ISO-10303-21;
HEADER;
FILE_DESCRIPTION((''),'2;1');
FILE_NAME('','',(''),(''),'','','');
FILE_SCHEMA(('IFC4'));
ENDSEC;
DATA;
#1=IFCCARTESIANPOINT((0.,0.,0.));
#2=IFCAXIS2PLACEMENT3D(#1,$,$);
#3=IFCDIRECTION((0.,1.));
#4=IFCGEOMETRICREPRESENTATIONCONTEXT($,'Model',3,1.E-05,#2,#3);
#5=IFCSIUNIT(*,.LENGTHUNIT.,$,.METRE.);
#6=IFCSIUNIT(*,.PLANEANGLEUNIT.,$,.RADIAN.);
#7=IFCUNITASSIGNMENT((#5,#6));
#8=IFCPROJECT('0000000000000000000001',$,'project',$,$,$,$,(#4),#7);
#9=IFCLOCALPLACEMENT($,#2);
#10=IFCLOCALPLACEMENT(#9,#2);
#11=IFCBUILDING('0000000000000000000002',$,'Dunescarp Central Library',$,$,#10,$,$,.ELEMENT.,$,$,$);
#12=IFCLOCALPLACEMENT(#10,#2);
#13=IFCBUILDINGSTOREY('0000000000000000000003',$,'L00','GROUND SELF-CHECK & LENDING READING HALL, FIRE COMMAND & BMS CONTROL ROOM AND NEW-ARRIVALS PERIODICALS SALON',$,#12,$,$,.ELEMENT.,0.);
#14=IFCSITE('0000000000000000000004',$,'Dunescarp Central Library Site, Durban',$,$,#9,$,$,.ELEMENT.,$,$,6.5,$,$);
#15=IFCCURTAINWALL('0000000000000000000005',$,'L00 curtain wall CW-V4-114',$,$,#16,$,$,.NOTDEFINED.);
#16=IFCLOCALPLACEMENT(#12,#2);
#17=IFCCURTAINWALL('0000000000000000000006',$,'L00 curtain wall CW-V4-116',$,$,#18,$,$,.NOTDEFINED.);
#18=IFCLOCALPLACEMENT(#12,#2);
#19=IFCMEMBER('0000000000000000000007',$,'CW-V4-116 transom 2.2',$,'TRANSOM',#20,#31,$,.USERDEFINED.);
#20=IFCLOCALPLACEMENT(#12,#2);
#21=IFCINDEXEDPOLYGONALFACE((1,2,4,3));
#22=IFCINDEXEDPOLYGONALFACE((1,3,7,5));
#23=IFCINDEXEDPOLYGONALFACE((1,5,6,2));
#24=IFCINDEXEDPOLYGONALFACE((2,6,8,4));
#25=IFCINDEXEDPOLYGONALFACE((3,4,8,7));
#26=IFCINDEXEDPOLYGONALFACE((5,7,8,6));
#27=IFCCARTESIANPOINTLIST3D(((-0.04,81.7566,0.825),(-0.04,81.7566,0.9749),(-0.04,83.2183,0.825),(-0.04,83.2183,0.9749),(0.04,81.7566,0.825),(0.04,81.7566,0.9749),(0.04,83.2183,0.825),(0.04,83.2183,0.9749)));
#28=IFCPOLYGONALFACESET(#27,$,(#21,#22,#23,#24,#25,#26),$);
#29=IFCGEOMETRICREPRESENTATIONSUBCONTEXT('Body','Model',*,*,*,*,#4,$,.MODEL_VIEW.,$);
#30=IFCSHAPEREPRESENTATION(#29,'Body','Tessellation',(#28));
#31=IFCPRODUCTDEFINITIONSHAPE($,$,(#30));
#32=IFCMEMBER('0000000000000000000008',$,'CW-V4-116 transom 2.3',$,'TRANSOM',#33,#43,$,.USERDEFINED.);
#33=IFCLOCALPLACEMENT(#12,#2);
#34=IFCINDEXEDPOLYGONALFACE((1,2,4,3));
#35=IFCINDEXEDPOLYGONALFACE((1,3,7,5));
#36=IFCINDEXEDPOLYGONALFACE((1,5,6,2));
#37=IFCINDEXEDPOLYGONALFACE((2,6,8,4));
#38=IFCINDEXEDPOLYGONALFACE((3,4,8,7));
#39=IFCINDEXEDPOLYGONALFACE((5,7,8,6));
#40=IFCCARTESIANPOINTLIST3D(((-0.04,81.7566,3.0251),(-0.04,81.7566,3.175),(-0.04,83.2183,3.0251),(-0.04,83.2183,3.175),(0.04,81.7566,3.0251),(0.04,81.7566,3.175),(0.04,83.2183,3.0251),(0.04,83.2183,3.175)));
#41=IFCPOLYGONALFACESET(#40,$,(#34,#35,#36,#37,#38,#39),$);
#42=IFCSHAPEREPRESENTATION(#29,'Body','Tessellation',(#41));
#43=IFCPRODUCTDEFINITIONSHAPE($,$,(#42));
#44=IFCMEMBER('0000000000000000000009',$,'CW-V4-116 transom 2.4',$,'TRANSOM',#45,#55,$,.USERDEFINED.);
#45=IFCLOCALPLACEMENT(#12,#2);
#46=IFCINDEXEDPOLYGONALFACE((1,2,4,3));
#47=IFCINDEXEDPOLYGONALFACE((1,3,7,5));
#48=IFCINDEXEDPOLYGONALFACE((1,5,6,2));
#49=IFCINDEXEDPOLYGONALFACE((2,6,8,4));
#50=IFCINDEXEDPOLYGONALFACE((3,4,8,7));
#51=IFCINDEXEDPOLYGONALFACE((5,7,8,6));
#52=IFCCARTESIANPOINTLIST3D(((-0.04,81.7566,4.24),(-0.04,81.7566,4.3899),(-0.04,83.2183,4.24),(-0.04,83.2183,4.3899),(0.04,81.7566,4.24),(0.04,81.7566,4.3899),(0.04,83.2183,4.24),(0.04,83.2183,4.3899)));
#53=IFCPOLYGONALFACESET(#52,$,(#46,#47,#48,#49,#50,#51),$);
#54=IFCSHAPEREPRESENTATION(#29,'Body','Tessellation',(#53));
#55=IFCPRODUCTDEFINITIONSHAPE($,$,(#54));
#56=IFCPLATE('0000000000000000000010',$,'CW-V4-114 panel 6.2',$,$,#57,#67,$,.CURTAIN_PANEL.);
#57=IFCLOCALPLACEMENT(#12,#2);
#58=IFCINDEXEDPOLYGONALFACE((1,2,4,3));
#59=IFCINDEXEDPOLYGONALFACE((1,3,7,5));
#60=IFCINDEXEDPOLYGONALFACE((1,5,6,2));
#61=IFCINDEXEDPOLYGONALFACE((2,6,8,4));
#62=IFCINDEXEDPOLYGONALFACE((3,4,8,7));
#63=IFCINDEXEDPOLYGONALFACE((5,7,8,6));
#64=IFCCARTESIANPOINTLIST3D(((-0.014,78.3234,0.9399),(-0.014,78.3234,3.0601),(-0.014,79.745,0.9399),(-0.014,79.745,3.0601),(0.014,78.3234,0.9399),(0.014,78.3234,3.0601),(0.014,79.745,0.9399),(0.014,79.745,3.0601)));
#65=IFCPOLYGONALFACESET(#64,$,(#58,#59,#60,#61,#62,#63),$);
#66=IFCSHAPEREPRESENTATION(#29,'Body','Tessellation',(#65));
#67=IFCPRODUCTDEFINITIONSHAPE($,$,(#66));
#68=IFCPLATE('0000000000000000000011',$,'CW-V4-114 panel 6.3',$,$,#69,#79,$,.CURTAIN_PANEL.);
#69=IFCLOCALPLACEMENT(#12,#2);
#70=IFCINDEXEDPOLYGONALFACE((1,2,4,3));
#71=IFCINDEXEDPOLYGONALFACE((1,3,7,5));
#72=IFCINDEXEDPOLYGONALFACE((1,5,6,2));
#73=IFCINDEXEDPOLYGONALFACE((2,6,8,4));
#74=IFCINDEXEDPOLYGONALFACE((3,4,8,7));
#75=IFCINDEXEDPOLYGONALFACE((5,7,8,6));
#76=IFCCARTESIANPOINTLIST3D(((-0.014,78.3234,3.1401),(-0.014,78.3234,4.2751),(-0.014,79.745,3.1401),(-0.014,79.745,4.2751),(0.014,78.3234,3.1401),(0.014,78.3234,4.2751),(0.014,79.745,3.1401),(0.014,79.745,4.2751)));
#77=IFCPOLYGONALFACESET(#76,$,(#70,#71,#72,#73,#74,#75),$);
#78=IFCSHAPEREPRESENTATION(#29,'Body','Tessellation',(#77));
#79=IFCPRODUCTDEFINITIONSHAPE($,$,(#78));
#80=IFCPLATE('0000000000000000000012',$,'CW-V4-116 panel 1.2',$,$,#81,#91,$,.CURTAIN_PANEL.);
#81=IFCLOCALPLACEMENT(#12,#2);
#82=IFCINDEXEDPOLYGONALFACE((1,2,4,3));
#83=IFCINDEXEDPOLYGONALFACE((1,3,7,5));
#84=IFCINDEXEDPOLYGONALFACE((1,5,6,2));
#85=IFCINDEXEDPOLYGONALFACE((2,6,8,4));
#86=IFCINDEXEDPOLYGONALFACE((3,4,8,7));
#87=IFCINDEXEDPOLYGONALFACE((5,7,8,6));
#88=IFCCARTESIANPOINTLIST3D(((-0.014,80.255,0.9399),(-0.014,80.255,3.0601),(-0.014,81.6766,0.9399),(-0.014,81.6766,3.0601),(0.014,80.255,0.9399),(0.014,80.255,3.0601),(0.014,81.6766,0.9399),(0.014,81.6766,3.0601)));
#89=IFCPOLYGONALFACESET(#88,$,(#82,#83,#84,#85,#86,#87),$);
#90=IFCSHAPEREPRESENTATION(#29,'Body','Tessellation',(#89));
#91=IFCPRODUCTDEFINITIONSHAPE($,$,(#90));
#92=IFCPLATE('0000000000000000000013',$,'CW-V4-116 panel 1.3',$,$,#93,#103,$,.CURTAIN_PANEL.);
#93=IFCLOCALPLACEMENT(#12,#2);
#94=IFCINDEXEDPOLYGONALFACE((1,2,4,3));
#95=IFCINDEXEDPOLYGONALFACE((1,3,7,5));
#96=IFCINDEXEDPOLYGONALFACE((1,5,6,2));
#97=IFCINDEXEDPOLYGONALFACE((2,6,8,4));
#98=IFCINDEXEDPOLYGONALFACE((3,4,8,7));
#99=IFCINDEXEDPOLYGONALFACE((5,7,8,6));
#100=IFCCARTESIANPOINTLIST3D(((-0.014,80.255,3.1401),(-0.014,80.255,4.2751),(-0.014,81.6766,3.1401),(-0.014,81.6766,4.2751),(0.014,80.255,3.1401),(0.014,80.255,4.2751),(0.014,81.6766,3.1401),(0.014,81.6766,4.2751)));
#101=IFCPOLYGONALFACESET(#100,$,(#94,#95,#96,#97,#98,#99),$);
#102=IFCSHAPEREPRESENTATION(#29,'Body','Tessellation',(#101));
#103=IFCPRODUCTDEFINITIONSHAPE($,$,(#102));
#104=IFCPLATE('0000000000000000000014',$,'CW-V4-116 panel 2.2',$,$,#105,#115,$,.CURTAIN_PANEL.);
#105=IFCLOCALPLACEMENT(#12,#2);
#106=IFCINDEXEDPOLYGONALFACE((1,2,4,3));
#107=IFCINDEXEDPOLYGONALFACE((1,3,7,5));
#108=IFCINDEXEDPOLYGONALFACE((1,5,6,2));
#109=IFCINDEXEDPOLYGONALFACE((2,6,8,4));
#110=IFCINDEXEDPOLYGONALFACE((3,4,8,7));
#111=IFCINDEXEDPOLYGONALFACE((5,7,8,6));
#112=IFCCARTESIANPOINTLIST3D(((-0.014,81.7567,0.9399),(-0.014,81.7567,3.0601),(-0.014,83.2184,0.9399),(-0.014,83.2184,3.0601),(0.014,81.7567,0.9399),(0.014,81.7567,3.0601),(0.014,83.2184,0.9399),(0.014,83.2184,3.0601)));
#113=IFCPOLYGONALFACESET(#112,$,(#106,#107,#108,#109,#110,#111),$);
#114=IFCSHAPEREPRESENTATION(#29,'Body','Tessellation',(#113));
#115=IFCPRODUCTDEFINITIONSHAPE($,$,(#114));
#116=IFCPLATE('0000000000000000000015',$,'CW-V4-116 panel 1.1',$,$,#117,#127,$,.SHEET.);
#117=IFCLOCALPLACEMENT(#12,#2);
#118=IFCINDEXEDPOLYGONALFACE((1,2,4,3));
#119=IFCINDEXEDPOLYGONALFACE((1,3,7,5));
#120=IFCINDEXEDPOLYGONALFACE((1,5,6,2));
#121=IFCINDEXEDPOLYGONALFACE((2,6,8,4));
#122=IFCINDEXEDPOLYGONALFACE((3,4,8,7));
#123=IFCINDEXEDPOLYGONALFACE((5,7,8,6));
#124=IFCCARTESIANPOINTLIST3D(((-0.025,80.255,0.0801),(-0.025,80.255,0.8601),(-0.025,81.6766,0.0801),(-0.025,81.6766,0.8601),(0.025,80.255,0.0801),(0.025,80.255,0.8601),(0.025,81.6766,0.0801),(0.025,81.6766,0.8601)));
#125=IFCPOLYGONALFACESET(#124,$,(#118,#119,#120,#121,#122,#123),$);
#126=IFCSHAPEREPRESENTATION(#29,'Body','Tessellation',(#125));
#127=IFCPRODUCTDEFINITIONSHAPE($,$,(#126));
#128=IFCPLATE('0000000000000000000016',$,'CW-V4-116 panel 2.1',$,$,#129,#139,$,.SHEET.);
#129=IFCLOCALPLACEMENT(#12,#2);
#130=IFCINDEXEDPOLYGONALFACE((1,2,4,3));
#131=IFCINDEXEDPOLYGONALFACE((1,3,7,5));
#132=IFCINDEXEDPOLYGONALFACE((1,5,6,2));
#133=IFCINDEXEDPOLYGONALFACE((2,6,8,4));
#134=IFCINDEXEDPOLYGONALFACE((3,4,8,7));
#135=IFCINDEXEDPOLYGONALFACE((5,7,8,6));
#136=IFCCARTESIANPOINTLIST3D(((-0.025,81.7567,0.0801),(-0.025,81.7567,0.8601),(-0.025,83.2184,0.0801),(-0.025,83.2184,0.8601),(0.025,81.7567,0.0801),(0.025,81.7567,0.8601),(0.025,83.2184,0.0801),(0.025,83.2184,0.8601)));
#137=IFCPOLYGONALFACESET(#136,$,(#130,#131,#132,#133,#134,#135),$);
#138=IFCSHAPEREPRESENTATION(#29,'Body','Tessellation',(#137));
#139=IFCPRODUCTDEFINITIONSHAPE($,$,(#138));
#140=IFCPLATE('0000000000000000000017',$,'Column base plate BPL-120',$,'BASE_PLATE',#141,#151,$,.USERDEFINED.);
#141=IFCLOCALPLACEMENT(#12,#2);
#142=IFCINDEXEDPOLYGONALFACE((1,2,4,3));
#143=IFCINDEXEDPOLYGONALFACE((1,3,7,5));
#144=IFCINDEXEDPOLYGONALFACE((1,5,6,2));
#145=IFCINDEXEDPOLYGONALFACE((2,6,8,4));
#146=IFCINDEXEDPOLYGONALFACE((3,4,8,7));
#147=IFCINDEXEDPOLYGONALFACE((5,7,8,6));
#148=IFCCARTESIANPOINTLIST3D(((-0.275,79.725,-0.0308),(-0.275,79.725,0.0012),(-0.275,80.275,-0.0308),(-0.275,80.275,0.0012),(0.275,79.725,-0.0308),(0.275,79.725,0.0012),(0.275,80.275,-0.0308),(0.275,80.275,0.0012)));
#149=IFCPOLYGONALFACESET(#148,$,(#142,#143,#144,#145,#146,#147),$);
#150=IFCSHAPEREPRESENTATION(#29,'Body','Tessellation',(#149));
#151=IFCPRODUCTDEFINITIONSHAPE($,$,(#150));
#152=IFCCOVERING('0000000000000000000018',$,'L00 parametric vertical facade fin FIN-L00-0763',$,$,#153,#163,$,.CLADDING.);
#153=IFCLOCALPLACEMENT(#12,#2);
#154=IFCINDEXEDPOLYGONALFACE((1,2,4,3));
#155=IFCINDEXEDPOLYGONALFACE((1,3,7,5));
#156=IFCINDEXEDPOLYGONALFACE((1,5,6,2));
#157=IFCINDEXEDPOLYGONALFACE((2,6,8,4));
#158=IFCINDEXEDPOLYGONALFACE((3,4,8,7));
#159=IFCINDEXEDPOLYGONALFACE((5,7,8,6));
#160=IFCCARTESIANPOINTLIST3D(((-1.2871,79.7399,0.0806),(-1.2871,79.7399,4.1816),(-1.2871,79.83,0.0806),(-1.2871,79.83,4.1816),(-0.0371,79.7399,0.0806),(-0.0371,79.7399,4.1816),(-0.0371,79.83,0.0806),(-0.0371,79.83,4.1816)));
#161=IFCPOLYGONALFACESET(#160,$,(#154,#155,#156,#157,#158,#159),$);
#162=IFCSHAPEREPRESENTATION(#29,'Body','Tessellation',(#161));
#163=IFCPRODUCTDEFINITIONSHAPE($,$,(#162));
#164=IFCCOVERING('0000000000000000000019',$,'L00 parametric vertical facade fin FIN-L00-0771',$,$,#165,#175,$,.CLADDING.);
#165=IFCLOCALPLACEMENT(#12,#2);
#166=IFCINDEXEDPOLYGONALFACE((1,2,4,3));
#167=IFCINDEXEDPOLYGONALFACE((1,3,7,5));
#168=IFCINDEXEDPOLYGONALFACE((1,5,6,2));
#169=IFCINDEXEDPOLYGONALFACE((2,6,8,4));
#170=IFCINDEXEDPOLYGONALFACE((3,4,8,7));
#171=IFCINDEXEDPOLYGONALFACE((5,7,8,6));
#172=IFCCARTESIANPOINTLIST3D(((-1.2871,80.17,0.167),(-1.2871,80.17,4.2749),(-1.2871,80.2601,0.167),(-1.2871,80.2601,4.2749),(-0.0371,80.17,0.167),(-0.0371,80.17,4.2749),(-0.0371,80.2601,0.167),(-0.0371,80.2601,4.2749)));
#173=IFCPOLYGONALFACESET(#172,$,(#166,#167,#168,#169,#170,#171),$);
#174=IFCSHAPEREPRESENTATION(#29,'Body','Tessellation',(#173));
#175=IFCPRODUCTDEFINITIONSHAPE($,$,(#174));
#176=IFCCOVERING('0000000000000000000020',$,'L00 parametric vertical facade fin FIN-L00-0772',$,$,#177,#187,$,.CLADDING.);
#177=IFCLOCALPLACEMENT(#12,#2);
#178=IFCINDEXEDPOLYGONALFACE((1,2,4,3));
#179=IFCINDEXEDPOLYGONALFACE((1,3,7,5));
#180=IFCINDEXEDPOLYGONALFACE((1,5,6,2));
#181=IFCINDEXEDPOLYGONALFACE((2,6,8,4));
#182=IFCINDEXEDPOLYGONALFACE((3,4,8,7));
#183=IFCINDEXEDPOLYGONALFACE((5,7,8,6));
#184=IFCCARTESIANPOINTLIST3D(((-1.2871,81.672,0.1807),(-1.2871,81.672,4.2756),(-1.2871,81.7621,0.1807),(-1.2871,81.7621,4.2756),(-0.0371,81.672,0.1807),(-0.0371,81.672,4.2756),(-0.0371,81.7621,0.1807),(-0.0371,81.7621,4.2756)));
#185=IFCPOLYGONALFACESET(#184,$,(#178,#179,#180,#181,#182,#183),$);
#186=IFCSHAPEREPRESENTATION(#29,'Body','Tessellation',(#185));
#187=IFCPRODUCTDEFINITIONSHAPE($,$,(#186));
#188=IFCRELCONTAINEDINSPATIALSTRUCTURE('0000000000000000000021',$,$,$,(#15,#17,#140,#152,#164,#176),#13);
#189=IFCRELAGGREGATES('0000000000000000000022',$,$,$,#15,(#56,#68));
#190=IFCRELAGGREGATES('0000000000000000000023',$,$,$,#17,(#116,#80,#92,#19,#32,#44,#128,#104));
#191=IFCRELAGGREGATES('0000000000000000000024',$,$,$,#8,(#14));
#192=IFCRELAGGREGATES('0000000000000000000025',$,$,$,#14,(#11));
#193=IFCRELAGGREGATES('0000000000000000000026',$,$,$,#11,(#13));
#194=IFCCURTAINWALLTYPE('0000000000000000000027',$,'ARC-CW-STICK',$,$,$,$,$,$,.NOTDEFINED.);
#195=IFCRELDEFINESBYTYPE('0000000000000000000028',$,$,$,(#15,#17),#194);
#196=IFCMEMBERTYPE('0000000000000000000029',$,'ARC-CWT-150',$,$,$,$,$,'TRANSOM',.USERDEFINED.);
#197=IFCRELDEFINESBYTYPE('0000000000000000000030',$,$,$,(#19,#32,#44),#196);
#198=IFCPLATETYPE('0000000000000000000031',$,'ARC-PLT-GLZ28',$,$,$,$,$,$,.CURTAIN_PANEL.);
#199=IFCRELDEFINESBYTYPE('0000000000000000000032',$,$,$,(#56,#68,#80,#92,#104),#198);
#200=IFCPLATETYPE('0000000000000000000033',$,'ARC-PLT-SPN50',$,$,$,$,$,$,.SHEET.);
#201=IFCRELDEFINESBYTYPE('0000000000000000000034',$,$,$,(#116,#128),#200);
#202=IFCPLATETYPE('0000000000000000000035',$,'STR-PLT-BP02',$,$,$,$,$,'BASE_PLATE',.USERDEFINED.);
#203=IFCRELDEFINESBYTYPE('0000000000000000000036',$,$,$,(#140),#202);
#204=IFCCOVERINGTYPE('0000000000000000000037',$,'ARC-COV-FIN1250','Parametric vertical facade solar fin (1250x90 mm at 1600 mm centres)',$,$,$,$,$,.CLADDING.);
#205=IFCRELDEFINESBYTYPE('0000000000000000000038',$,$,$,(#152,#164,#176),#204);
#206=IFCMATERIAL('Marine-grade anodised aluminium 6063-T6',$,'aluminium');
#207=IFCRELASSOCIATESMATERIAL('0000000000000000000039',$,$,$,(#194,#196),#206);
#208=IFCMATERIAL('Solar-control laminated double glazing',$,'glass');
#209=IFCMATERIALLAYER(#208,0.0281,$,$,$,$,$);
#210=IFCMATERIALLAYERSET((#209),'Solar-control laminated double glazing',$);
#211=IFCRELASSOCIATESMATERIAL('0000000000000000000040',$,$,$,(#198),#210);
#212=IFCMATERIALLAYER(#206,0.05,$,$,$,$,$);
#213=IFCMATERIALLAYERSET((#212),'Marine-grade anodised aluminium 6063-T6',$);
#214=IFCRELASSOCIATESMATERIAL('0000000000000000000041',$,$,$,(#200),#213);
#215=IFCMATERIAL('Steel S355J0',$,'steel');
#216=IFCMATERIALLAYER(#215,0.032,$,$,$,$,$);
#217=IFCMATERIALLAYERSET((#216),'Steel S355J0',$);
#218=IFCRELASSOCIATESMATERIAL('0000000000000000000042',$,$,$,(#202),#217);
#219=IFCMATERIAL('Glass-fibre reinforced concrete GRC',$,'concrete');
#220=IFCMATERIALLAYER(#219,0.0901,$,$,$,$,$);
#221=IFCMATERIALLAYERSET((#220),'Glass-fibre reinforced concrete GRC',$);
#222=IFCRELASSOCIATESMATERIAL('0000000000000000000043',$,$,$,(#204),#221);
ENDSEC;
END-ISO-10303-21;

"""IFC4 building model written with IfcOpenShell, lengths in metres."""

from ifc_helpers import new_model, si_unit, direction, frame, origin, origin_2d, place, context, subcontext, project, spatial, rectangle, extrude, material, layer, layer_set, material_profile, profile_set, type_object, element, aggregate, save


model = new_model("IFC4")

# Units and contexts
model_context = context("Model", 3, precision=1e-05, world=origin(), true_north=direction((0.0, 1.0)))
body_context = subcontext(model_context, "Body", "Model", "MODEL_VIEW")
ifc_project = project(units=[si_unit("LENGTHUNIT", "METRE"), si_unit("PLANEANGLEUNIT", "RADIAN")], contexts=[model_context])

# Site, building, storey
site_placement = place(None, origin())
site = spatial("IfcSite", under=ifc_project, at=site_placement, Name="Dunescarp Central Library Site, Durban", CompositionType="ELEMENT", RefElevation=6.5)
building_placement = place(site_placement, origin())
building = spatial("IfcBuilding", under=site, at=building_placement, Name="Dunescarp Central Library", CompositionType="ELEMENT")
storey_placement = place(building_placement, origin())
storey = spatial("IfcBuildingStorey", under=building, at=storey_placement, Name="L00", Description="GROUND SELF-CHECK & LENDING READING HALL, FIRE COMMAND & BMS CONTROL ROOM AND NEW-ARRIVALS PERIODICALS SALON", CompositionType="ELEMENT", Elevation=0.0)

# Curtain wall
ifc_material_1 = material(Name="Marine-grade anodised aluminium 6063-T6", Category="aluminium")
curtain_wall_type = type_object("IfcCurtainWallType", Name="ARC-CW-STICK", PredefinedType="NOTDEFINED", material=ifc_material_1)
curtain_wall_1_placement = place(storey_placement, origin())
curtain_wall_1 = element("IfcCurtainWall", 1, at=curtain_wall_1_placement, inside=storey, type_object=curtain_wall_type, Name="L00 curtain wall CW-V4-114", PredefinedType="NOTDEFINED")

# Curtain wall, members
curtain_wall_2_placement = place(storey_placement, origin())
curtain_wall_2 = element("IfcCurtainWall", 2, at=curtain_wall_2_placement, inside=storey, type_object=curtain_wall_type, Name="L00 curtain wall CW-V4-116", PredefinedType="NOTDEFINED")
ifc_material_profile_1 = material_profile(ifc_material_1, rectangle(XDim=0.0801, YDim=0.1499, at=origin_2d()), Name="AL 80x150")
ifc_profile_set_1 = profile_set([ifc_material_profile_1], Name="Marine-grade anodised aluminium 6063-T6")
member_type_1 = type_object("IfcMemberType", Name="ARC-CWT-150", ElementType="TRANSOM", PredefinedType="USERDEFINED", material=ifc_profile_set_1)
member_1_placement = place(storey_placement, frame((0.0, 81.7566, 0.8999), z_axis=(0.0, 1.0, 0.0), x_axis=(-1.0, 0.0, 0.0)))
member_1 = element("IfcMember", 3, at=member_1_placement, type_object=member_type_1, Name="CW-V4-116 transom 2.2", ObjectType="TRANSOM", PredefinedType="USERDEFINED", context=body_context, shape_type="SweptSolid", body=[
    extrude(rectangle(XDim=0.0801, YDim=0.1499, at=origin_2d()), origin(), (0.0, 0.0, 1.0), 1.4617),
])
member_2_placement = place(storey_placement, frame((0.0, 81.7566, 3.1001), z_axis=(0.0, 1.0, 0.0), x_axis=(-1.0, 0.0, 0.0)))
member_2 = element("IfcMember", 4, at=member_2_placement, type_object=member_type_1, Name="CW-V4-116 transom 2.3", ObjectType="TRANSOM", PredefinedType="USERDEFINED", context=body_context, shape_type="SweptSolid", body=[
    extrude(rectangle(XDim=0.0801, YDim=0.1499, at=origin_2d()), origin(), (0.0, 0.0, 1.0), 1.4617),
])
member_3_placement = place(storey_placement, frame((0.0, 81.7566, 4.3149), z_axis=(0.0, 1.0, 0.0), x_axis=(-1.0, 0.0, 0.0)))
member_3 = element("IfcMember", 5, at=member_3_placement, type_object=member_type_1, Name="CW-V4-116 transom 2.4", ObjectType="TRANSOM", PredefinedType="USERDEFINED", context=body_context, shape_type="SweptSolid", body=[
    extrude(rectangle(XDim=0.0801, YDim=0.1499, at=origin_2d()), origin(), (0.0, 0.0, 1.0), 1.4617),
])

# Plates
ifc_material_2 = material(Name="Solar-control laminated double glazing", Category="glass")
ifc_layer_1 = layer(ifc_material_2, 0.0281)
ifc_layer_set_1 = layer_set([ifc_layer_1], Name="Solar-control laminated double glazing")
plate_type_1 = type_object("IfcPlateType", Name="ARC-PLT-GLZ28", PredefinedType="CURTAIN_PANEL", material=ifc_layer_set_1)
plate_1_placement = place(storey_placement, frame((0.0, 79.0342, 0.9399), z_axis=(0.0, 0.0, 1.0), x_axis=(0.0, 1.0, 0.0)))
plate_1 = element("IfcPlate", 6, at=plate_1_placement, type_object=plate_type_1, Name="CW-V4-114 panel 6.2", PredefinedType="CURTAIN_PANEL", context=body_context, shape_type="SweptSolid", body=[
    extrude(rectangle(XDim=1.4216, YDim=0.0281, at=origin_2d()), origin(), (0.0, 0.0, 1.0), 2.1201),
])
plate_2_placement = place(storey_placement, frame((0.0, 79.0342, 3.1401), z_axis=(0.0, 0.0, 1.0), x_axis=(0.0, 1.0, 0.0)))
plate_2 = element("IfcPlate", 7, at=plate_2_placement, type_object=plate_type_1, Name="CW-V4-114 panel 6.3", PredefinedType="CURTAIN_PANEL", context=body_context, shape_type="SweptSolid", body=[
    extrude(rectangle(XDim=1.4216, YDim=0.0281, at=origin_2d()), origin(), (0.0, 0.0, 1.0), 1.135),
])
aggregate(curtain_wall_1, [plate_1, plate_2])
plate_3_placement = place(storey_placement, frame((0.0, 80.9658, 0.9399), z_axis=(0.0, 0.0, 1.0), x_axis=(0.0, 1.0, 0.0)))
plate_3 = element("IfcPlate", 8, at=plate_3_placement, type_object=plate_type_1, Name="CW-V4-116 panel 1.2", PredefinedType="CURTAIN_PANEL", context=body_context, shape_type="SweptSolid", body=[
    extrude(rectangle(XDim=1.4216, YDim=0.0281, at=origin_2d()), origin(), (0.0, 0.0, 1.0), 2.1201),
])
plate_4_placement = place(storey_placement, frame((0.0, 80.9658, 3.1401), z_axis=(0.0, 0.0, 1.0), x_axis=(0.0, 1.0, 0.0)))
plate_4 = element("IfcPlate", 9, at=plate_4_placement, type_object=plate_type_1, Name="CW-V4-116 panel 1.3", PredefinedType="CURTAIN_PANEL", context=body_context, shape_type="SweptSolid", body=[
    extrude(rectangle(XDim=1.4216, YDim=0.0281, at=origin_2d()), origin(), (0.0, 0.0, 1.0), 1.135),
])
plate_5_placement = place(storey_placement, frame((0.0, 82.4875, 0.9399), z_axis=(0.0, 0.0, 1.0), x_axis=(0.0, 1.0, 0.0)))
plate_5 = element("IfcPlate", 10, at=plate_5_placement, type_object=plate_type_1, Name="CW-V4-116 panel 2.2", PredefinedType="CURTAIN_PANEL", context=body_context, shape_type="SweptSolid", body=[
    extrude(rectangle(XDim=1.4617, YDim=0.0281, at=origin_2d()), origin(), (0.0, 0.0, 1.0), 2.1201),
])
ifc_layer_2 = layer(ifc_material_1, 0.05)
ifc_layer_set_2 = layer_set([ifc_layer_2], Name="Marine-grade anodised aluminium 6063-T6")
plate_type_2 = type_object("IfcPlateType", Name="ARC-PLT-SPN50", PredefinedType="SHEET", material=ifc_layer_set_2)
plate_6_placement = place(storey_placement, frame((0.0, 80.9658, 0.0801), z_axis=(0.0, 0.0, 1.0), x_axis=(0.0, 1.0, 0.0)))
plate_6 = element("IfcPlate", 11, at=plate_6_placement, type_object=plate_type_2, Name="CW-V4-116 panel 1.1", PredefinedType="SHEET", context=body_context, shape_type="SweptSolid", body=[
    extrude(rectangle(XDim=1.4216, YDim=0.05, at=origin_2d()), origin(), (0.0, 0.0, 1.0), 0.78),
])
plate_7_placement = place(storey_placement, frame((0.0, 82.4875, 0.0801), z_axis=(0.0, 0.0, 1.0), x_axis=(0.0, 1.0, 0.0)))
plate_7 = element("IfcPlate", 12, at=plate_7_placement, type_object=plate_type_2, Name="CW-V4-116 panel 2.1", PredefinedType="SHEET", context=body_context, shape_type="SweptSolid", body=[
    extrude(rectangle(XDim=1.4617, YDim=0.05, at=origin_2d()), origin(), (0.0, 0.0, 1.0), 0.78),
])
aggregate(curtain_wall_2, [plate_6, plate_3, plate_4, member_1, member_2, member_3, plate_7, plate_5])
ifc_material_3 = material(Name="Steel S355J0", Category="steel")
ifc_layer_3 = layer(ifc_material_3, 0.032)
ifc_layer_set_3 = layer_set([ifc_layer_3], Name="Steel S355J0")
plate_type_3 = type_object("IfcPlateType", Name="STR-PLT-BP02", ElementType="BASE_PLATE", PredefinedType="USERDEFINED", material=ifc_layer_set_3)
plate_8_placement = place(storey_placement, frame((0.0, 80.0, -0.0308), z_axis=(0.0, 0.0, 1.0), x_axis=(1.0, 0.0, 0.0)))
element("IfcPlate", 13, at=plate_8_placement, inside=storey, type_object=plate_type_3, Name="Column base plate BPL-120", ObjectType="BASE_PLATE", PredefinedType="USERDEFINED", context=body_context, shape_type="SweptSolid", body=[
    extrude(rectangle(XDim=0.55, YDim=0.55, at=origin_2d()), origin(), (0.0, 0.0, 1.0), 0.032),
])

# Coverings
ifc_material_4 = material(Name="Glass-fibre reinforced concrete GRC", Category="concrete")
ifc_layer_4 = layer(ifc_material_4, 0.0901)
ifc_layer_set_4 = layer_set([ifc_layer_4], Name="Glass-fibre reinforced concrete GRC")
covering_type = type_object("IfcCoveringType", Name="ARC-COV-FIN1250", Description="Parametric vertical facade solar fin (1250x90 mm at 1600 mm centres)", PredefinedType="CLADDING", material=ifc_layer_set_4)
covering_1_placement = place(storey_placement, frame((-0.6621, 79.7849, 0.0806), z_axis=(0.0, 0.0, 1.0), x_axis=(-1.0, 0.0, 0.0)))
element("IfcCovering", 14, at=covering_1_placement, inside=storey, type_object=covering_type, Name="L00 parametric vertical facade fin FIN-L00-0763", PredefinedType="CLADDING", context=body_context, shape_type="SweptSolid", body=[
    extrude(rectangle(XDim=1.25, YDim=0.0901, at=origin_2d()), origin(), (0.0, 0.0, 1.0), 4.1011),
])
covering_2_placement = place(storey_placement, frame((-0.6621, 80.2151, 0.167), z_axis=(0.0, 0.0, 1.0), x_axis=(-1.0, 0.0, 0.0)))
element("IfcCovering", 15, at=covering_2_placement, inside=storey, type_object=covering_type, Name="L00 parametric vertical facade fin FIN-L00-0771", PredefinedType="CLADDING", context=body_context, shape_type="SweptSolid", body=[
    extrude(rectangle(XDim=1.25, YDim=0.0901, at=origin_2d()), origin(), (0.0, 0.0, 1.0), 4.1079),
])
covering_3_placement = place(storey_placement, frame((-0.6621, 81.717, 0.1807), z_axis=(0.0, 0.0, 1.0), x_axis=(-1.0, 0.0, 0.0)))
element("IfcCovering", 16, at=covering_3_placement, inside=storey, type_object=covering_type, Name="L00 parametric vertical facade fin FIN-L00-0772", PredefinedType="CLADDING", context=body_context, shape_type="SweptSolid", body=[
    extrude(rectangle(XDim=1.25, YDim=0.0901, at=origin_2d()), origin(), (0.0, 0.0, 1.0), 4.095),
])

save(model, "model.ifc")
